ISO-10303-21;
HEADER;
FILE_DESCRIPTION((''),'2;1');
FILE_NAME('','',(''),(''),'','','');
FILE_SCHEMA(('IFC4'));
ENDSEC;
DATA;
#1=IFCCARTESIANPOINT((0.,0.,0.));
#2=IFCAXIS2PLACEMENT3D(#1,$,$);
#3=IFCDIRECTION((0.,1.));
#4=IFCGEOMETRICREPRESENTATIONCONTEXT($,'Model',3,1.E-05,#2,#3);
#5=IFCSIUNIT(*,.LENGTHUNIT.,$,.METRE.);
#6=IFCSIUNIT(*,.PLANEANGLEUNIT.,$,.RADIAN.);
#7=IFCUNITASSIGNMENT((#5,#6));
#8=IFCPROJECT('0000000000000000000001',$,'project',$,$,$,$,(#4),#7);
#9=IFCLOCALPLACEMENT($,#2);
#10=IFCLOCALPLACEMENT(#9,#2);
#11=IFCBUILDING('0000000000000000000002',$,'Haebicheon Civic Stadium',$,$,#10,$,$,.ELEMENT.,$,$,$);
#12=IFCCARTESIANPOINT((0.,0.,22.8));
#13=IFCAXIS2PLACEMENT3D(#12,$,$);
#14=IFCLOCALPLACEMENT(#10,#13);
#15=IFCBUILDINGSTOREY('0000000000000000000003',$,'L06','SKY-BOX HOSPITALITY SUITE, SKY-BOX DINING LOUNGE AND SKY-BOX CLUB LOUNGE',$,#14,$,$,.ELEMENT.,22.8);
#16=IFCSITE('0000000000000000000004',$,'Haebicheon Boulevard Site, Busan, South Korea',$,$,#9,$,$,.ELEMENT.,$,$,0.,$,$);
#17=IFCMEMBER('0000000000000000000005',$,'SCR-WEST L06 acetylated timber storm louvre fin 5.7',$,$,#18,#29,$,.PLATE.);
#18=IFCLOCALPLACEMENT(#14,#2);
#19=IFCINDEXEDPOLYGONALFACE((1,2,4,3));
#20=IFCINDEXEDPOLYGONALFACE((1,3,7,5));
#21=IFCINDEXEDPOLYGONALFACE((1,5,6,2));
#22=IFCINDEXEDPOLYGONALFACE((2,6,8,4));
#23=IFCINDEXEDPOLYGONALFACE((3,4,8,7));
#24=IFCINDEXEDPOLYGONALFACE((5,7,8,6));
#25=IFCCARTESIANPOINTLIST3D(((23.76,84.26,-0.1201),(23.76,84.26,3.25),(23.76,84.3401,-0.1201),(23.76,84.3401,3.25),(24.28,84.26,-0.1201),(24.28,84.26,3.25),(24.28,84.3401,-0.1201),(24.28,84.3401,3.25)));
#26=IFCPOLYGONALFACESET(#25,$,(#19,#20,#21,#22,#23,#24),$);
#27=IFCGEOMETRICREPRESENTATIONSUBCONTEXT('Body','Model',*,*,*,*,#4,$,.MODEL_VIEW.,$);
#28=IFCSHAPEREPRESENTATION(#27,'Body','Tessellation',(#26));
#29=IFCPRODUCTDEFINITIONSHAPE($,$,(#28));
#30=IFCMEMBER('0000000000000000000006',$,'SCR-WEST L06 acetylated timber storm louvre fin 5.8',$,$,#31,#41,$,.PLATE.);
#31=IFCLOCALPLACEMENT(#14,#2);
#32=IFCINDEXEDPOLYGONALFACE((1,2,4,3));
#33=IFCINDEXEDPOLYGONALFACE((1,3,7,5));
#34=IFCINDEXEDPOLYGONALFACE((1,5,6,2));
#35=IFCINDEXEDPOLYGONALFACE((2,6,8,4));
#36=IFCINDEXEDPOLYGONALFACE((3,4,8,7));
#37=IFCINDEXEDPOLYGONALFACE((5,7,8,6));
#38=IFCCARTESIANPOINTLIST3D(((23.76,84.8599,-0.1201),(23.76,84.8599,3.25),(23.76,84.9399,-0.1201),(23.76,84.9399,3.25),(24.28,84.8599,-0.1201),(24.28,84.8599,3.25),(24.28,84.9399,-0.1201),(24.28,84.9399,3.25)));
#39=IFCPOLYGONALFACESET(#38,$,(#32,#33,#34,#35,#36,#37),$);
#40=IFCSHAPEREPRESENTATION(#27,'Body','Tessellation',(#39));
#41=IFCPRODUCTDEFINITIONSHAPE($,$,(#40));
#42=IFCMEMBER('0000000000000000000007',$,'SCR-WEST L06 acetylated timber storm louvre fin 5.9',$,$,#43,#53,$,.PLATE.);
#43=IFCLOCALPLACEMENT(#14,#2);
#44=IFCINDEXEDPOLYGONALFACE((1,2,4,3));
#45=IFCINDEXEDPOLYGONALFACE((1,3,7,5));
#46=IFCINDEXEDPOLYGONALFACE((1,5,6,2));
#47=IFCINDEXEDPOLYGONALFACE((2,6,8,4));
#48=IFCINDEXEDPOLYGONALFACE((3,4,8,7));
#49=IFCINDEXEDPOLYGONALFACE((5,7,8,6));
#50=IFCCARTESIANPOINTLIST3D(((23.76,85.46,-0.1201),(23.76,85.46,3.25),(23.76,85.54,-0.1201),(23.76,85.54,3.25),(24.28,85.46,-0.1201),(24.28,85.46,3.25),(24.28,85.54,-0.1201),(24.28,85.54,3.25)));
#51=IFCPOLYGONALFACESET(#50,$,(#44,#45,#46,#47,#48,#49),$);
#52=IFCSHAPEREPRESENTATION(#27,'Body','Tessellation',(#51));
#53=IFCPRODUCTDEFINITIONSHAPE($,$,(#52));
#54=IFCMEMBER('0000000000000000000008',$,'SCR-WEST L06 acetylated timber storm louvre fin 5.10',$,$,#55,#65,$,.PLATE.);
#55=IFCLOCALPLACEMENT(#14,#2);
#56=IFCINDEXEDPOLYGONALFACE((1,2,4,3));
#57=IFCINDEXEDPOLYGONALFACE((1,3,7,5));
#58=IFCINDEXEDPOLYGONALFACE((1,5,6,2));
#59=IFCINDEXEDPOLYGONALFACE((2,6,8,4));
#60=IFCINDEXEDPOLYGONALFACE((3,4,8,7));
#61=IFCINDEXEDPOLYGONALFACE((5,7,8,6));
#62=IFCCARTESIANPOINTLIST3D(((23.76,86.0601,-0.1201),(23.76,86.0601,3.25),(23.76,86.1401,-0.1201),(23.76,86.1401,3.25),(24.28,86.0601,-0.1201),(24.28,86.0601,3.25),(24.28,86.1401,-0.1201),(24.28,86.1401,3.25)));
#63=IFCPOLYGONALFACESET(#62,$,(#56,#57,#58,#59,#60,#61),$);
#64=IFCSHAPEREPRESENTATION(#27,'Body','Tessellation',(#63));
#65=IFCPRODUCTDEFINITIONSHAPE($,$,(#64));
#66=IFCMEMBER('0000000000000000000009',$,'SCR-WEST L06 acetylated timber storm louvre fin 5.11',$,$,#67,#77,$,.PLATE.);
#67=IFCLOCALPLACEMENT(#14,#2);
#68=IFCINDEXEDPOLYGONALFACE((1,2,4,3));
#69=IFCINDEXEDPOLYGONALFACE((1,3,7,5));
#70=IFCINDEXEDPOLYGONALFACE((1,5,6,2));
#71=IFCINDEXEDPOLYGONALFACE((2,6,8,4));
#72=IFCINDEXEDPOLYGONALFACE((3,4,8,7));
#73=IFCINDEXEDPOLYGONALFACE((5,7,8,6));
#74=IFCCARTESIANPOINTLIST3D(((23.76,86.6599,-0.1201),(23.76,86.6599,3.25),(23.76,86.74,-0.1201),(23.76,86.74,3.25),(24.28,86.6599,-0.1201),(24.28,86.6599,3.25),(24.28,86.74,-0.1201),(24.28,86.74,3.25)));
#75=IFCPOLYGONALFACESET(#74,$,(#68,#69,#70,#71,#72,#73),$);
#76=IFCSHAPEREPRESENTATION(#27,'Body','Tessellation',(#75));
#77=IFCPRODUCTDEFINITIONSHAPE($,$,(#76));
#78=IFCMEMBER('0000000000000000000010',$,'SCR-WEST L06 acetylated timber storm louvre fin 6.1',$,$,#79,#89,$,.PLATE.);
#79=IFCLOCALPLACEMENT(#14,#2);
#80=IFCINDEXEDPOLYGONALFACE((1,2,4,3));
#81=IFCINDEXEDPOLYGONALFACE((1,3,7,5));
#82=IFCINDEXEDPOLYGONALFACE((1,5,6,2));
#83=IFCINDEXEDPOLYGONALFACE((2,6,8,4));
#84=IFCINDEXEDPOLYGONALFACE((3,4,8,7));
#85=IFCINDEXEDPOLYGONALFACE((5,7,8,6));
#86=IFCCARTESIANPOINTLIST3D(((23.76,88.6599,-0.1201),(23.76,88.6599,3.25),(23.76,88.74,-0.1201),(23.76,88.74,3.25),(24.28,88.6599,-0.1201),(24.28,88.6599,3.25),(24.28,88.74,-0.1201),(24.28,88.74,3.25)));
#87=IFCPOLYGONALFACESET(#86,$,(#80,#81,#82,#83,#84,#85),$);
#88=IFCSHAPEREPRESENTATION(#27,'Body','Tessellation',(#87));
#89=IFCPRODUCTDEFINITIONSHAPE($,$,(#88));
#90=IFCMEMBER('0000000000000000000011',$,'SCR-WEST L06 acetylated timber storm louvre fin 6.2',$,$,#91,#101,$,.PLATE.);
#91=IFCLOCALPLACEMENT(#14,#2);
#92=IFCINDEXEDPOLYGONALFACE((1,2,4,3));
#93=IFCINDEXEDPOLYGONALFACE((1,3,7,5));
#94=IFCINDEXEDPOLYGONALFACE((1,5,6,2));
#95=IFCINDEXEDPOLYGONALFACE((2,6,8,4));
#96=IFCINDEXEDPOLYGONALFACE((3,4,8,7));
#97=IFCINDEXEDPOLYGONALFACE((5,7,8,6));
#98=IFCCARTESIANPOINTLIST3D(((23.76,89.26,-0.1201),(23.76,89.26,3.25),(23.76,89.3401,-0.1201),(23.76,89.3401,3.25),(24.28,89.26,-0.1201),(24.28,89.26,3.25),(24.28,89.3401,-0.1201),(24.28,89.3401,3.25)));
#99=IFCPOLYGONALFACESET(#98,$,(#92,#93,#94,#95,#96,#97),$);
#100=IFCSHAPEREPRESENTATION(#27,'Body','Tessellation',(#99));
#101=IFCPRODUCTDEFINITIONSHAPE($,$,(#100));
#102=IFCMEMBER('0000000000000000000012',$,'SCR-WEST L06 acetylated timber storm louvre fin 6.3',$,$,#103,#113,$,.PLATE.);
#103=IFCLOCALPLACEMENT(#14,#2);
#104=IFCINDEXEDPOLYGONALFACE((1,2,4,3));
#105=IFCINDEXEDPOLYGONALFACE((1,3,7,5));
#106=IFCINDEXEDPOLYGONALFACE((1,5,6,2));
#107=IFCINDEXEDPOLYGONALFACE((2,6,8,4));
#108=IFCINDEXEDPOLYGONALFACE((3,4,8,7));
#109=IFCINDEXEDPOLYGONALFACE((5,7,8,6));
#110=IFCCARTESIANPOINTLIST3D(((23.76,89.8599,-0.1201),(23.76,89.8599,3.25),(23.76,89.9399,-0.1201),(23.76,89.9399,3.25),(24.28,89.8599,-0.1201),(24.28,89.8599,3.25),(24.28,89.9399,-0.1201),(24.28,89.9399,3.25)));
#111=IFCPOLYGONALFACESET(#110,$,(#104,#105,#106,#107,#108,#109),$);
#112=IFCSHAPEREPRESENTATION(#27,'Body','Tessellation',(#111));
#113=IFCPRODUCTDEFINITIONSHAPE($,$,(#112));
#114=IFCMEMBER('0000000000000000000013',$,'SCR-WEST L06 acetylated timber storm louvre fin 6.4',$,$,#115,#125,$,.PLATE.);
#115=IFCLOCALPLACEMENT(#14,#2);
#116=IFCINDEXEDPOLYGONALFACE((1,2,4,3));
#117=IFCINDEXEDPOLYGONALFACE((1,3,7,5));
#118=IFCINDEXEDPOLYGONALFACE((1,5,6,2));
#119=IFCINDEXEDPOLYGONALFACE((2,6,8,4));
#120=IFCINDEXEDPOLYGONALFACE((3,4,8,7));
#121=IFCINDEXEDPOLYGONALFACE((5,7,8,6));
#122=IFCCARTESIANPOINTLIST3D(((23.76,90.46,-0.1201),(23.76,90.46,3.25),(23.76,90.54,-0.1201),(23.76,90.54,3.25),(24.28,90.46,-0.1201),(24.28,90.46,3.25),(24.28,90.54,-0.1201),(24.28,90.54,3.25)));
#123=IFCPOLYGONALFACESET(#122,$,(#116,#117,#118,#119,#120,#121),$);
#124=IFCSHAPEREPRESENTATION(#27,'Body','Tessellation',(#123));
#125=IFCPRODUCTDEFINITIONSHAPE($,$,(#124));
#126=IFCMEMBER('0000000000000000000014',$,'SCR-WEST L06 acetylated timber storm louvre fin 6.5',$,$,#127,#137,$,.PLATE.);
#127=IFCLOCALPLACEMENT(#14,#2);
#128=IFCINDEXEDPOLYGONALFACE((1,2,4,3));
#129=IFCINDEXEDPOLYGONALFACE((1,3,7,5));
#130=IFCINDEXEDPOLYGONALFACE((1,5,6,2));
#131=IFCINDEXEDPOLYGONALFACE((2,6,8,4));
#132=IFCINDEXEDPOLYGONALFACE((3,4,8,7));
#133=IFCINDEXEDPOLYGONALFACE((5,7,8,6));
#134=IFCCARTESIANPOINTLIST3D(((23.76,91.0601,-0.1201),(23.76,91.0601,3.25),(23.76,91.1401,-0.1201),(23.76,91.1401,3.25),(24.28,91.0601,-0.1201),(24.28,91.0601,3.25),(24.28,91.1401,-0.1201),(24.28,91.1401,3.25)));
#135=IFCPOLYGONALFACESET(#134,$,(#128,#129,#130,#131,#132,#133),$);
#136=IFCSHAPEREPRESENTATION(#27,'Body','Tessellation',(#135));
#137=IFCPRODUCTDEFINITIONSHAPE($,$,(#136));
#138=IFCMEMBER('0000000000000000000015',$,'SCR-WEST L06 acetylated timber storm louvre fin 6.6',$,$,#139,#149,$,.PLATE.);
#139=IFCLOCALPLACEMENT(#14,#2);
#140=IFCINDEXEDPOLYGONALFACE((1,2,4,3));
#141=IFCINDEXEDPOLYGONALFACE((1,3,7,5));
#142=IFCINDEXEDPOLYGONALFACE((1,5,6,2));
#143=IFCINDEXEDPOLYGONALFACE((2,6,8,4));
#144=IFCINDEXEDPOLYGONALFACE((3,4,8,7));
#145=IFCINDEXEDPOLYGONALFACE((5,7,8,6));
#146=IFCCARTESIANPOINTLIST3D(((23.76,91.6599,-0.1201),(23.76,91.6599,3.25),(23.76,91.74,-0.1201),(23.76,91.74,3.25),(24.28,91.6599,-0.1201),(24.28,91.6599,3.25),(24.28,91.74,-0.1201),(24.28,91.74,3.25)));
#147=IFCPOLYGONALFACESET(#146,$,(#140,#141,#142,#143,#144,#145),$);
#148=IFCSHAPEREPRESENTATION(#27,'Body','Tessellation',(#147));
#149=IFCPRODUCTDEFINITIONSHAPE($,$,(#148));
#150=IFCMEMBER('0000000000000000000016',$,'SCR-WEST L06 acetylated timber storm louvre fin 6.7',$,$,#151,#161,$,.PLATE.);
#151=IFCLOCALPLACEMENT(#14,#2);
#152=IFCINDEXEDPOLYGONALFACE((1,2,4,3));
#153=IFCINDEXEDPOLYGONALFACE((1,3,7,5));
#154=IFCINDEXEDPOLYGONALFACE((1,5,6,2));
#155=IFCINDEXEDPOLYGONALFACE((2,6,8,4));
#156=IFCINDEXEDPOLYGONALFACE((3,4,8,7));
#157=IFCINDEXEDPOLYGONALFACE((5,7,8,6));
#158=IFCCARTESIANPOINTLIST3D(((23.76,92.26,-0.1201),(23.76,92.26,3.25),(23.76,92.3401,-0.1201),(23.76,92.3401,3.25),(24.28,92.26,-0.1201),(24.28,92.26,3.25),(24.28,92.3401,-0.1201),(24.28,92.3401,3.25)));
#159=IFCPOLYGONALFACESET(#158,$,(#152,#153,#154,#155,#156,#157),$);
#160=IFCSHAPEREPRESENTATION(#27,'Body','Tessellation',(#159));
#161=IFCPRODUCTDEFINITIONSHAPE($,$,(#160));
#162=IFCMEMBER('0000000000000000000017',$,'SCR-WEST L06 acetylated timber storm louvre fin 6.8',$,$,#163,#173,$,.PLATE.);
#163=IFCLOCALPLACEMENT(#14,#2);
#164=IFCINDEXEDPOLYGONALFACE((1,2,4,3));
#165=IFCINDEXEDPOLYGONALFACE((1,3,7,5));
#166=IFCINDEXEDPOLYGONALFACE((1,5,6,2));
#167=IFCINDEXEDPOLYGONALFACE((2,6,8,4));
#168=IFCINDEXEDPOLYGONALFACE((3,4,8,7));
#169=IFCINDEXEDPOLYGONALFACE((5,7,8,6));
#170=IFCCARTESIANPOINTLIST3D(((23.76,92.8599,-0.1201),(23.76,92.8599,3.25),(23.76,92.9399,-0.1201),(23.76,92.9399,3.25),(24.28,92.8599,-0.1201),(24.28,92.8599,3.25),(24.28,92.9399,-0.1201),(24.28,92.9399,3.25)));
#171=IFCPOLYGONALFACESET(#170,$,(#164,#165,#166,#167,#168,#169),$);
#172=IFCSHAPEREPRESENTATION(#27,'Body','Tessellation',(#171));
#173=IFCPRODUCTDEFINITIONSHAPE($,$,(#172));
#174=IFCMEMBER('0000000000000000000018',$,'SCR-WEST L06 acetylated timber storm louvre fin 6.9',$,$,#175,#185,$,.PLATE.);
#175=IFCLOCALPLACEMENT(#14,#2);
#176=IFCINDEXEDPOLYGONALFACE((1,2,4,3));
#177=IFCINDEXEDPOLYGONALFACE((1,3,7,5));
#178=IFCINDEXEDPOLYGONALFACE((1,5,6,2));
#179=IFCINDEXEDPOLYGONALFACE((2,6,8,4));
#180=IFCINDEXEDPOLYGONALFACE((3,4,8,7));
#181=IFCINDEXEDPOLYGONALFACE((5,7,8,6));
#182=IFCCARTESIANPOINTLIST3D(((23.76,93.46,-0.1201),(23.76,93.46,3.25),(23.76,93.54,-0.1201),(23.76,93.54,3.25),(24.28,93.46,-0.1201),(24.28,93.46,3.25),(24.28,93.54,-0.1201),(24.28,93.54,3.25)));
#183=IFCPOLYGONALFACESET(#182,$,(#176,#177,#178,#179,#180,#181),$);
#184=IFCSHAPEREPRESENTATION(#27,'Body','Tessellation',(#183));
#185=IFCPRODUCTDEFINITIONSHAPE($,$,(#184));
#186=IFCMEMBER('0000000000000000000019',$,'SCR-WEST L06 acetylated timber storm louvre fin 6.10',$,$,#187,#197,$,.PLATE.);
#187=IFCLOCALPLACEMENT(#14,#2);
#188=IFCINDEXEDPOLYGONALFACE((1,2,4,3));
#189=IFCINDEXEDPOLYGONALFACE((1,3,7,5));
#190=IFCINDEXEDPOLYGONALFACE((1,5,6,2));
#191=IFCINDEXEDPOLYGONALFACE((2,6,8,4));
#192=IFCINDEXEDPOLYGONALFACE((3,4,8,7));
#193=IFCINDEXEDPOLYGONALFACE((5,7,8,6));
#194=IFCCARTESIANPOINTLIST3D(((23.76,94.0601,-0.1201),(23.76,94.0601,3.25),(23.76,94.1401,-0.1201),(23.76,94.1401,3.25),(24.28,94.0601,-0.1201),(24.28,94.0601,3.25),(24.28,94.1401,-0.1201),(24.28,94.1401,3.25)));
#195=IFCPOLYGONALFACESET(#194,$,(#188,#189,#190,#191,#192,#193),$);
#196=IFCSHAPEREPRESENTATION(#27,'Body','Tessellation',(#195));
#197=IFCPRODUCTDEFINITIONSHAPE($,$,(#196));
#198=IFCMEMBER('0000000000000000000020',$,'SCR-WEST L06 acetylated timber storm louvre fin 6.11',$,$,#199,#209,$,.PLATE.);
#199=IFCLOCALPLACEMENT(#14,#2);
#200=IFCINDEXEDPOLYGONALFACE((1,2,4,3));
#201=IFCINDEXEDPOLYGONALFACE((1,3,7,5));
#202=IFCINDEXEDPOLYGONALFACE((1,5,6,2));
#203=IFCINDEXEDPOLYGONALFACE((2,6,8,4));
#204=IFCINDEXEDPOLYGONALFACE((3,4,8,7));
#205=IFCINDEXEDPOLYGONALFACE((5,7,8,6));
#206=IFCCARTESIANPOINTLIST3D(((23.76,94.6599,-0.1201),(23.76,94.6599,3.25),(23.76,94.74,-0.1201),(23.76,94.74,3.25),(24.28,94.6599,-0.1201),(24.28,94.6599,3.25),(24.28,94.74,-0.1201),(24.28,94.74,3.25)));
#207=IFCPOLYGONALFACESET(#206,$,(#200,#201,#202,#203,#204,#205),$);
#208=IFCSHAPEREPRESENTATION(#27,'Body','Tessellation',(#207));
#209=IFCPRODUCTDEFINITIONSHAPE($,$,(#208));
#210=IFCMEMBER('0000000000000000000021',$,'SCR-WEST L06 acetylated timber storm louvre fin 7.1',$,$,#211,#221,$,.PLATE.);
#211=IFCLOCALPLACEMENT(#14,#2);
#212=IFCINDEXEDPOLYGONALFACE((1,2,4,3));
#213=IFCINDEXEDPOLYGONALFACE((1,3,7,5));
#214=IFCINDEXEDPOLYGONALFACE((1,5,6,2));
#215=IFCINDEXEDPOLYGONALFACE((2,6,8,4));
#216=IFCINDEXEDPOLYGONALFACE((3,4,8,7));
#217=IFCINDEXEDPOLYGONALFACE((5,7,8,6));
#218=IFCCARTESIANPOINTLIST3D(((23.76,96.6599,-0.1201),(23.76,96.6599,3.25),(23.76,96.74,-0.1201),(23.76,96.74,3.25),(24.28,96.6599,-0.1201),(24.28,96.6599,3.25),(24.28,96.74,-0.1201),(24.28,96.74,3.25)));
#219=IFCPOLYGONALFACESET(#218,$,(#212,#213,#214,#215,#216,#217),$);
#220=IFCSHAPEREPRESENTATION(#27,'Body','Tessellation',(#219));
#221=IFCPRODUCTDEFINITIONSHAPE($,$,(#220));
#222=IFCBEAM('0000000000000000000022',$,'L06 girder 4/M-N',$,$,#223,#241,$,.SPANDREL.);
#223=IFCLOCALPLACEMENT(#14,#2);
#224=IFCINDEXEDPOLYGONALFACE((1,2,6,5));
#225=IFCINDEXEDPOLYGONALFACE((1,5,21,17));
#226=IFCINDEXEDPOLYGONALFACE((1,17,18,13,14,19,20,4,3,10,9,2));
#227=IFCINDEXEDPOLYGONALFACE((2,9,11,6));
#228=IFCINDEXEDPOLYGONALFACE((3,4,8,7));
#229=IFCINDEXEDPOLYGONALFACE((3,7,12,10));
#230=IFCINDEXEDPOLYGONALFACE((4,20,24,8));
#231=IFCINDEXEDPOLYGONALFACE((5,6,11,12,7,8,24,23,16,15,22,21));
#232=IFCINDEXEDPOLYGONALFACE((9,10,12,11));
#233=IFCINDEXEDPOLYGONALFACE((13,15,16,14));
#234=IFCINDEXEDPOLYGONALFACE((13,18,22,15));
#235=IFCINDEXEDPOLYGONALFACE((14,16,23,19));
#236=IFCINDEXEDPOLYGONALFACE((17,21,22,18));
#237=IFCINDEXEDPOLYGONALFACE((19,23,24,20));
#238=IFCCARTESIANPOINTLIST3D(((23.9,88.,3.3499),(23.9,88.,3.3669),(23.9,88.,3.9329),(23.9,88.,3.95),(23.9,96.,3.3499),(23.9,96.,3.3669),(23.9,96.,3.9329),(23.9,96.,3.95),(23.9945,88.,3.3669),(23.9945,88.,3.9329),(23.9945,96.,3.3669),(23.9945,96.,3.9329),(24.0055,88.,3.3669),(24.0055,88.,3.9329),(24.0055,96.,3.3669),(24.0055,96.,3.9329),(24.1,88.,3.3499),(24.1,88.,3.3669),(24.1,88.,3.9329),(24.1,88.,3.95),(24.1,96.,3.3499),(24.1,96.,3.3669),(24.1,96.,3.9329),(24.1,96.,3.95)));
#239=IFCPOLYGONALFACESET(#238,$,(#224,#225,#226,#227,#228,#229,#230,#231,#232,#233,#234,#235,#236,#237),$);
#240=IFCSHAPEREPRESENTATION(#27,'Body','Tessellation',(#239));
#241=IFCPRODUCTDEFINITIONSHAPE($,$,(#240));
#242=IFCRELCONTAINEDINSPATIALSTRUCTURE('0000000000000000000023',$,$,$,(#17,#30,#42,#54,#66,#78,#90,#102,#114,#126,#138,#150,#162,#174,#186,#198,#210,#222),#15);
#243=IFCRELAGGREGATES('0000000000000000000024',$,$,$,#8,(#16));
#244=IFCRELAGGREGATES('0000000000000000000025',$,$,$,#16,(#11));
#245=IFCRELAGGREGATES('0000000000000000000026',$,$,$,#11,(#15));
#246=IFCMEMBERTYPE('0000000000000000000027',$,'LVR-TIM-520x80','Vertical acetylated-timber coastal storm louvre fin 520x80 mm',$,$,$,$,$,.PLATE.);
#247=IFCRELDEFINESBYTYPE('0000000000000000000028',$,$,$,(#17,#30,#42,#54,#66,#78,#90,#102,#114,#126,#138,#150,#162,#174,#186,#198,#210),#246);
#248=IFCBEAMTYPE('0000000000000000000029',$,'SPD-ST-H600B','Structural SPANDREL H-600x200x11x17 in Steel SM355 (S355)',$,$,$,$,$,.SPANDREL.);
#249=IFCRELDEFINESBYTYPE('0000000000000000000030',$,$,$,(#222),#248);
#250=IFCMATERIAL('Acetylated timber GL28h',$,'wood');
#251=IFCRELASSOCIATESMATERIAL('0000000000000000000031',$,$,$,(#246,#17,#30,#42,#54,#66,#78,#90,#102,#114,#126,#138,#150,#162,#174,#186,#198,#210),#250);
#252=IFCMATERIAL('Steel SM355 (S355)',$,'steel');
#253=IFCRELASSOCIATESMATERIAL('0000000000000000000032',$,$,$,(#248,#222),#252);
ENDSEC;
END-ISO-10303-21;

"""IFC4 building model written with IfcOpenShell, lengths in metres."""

from ifc_helpers import new_model, si_unit, direction, frame, origin, origin_2d, place, context, subcontext, project, spatial, rectangle, i_section, extrude, material, material_profile, profile_set, type_object, element, save


model = new_model("IFC4")

# Units and contexts
model_context = context("Model", 3, precision=1e-05, world=origin(), true_north=direction((0.0, 1.0)))
body_context = subcontext(model_context, "Body", "Model", "MODEL_VIEW")
ifc_project = project(units=[si_unit("LENGTHUNIT", "METRE"), si_unit("PLANEANGLEUNIT", "RADIAN")], contexts=[model_context])

# Site, building, storey
site_placement = place(None, origin())
site = spatial("IfcSite", under=ifc_project, at=site_placement, Name="Haebicheon Boulevard Site, Busan, South Korea", CompositionType="ELEMENT", RefElevation=0.0)
building_placement = place(site_placement, origin())
building = spatial("IfcBuilding", under=site, at=building_placement, Name="Haebicheon Civic Stadium", CompositionType="ELEMENT")
storey_placement = place(building_placement, frame((0.0, 0.0, 22.8)))
storey = spatial("IfcBuildingStorey", under=building, at=storey_placement, Name="L06", Description="SKY-BOX HOSPITALITY SUITE, SKY-BOX DINING LOUNGE AND SKY-BOX CLUB LOUNGE", CompositionType="ELEMENT", Elevation=22.8)

# Members
ifc_material_1 = material(Name="Acetylated timber GL28h", Category="wood")
ifc_material_profile_1 = material_profile(ifc_material_1, rectangle(XDim=0.0801, YDim=0.52, at=origin_2d()), Name="TMB-LOUV-80x520")
ifc_profile_set_1 = profile_set([ifc_material_profile_1], Name="Acetylated timber GL28h")
member_type_1 = type_object("IfcMemberType", Name="LVR-TIM-520x80", Description="Vertical acetylated-timber coastal storm louvre fin 520x80 mm", PredefinedType="PLATE", material=ifc_profile_set_1)
for number, where, z_axis, x_axis, name in (
    (1, (24.02, 84.3, -0.1201), (0.0, 0.0, 1.0), (0.0, 1.0, 0.0), "SCR-WEST L06 acetylated timber storm louvre fin 5.7"),
    (2, (24.02, 84.8999, -0.1201), (0.0, 0.0, 1.0), (0.0, 1.0, 0.0), "SCR-WEST L06 acetylated timber storm louvre fin 5.8"),
    (3, (24.02, 85.5, -0.1201), (0.0, 0.0, 1.0), (0.0, 1.0, 0.0), "SCR-WEST L06 acetylated timber storm louvre fin 5.9"),
    (4, (24.02, 86.1001, -0.1201), (0.0, 0.0, 1.0), (0.0, 1.0, 0.0), "SCR-WEST L06 acetylated timber storm louvre fin 5.10"),
    (5, (24.02, 86.7, -0.1201), (0.0, 0.0, 1.0), (0.0, 1.0, 0.0), "SCR-WEST L06 acetylated timber storm louvre fin 5.11"),
    (6, (24.02, 88.7, -0.1201), (0.0, 0.0, 1.0), (0.0, 1.0, 0.0), "SCR-WEST L06 acetylated timber storm louvre fin 6.1"),
    (7, (24.02, 89.3, -0.1201), (0.0, 0.0, 1.0), (0.0, 1.0, 0.0), "SCR-WEST L06 acetylated timber storm louvre fin 6.2"),
    (8, (24.02, 89.8999, -0.1201), (0.0, 0.0, 1.0), (0.0, 1.0, 0.0), "SCR-WEST L06 acetylated timber storm louvre fin 6.3"),
    (9, (24.02, 90.5, -0.1201), (0.0, 0.0, 1.0), (0.0, 1.0, 0.0), "SCR-WEST L06 acetylated timber storm louvre fin 6.4"),
    (10, (24.02, 91.1001, -0.1201), (0.0, 0.0, 1.0), (0.0, 1.0, 0.0), "SCR-WEST L06 acetylated timber storm louvre fin 6.5"),
    (11, (24.02, 91.7, -0.1201), (0.0, 0.0, 1.0), (0.0, 1.0, 0.0), "SCR-WEST L06 acetylated timber storm louvre fin 6.6"),
    (12, (24.02, 92.3, -0.1201), (0.0, 0.0, 1.0), (0.0, 1.0, 0.0), "SCR-WEST L06 acetylated timber storm louvre fin 6.7"),
    (13, (24.02, 92.8999, -0.1201), (0.0, 0.0, 1.0), (0.0, 1.0, 0.0), "SCR-WEST L06 acetylated timber storm louvre fin 6.8"),
    (14, (24.02, 93.5, -0.1201), (0.0, 0.0, 1.0), (0.0, 1.0, 0.0), "SCR-WEST L06 acetylated timber storm louvre fin 6.9"),
    (15, (24.02, 94.1001, -0.1201), (0.0, 0.0, 1.0), (0.0, 1.0, 0.0), "SCR-WEST L06 acetylated timber storm louvre fin 6.10"),
    (16, (24.02, 94.7, -0.1201), (0.0, 0.0, 1.0), (0.0, 1.0, 0.0), "SCR-WEST L06 acetylated timber storm louvre fin 6.11"),
    (17, (24.02, 96.7, -0.1201), (0.0, 0.0, 1.0), (0.0, 1.0, 0.0), "SCR-WEST L06 acetylated timber storm louvre fin 7.1"),
):
    element("IfcMember", number, at=place(storey_placement, frame(where, z_axis=z_axis, x_axis=x_axis)), inside=storey, type_object=member_type_1, material=ifc_profile_set_1, Name=name, PredefinedType="PLATE", context=body_context, shape_type="SweptSolid", body=[
        extrude(rectangle(XDim=0.0801, YDim=0.52, at=origin_2d()), origin(), (0.0, 0.0, 1.0), 3.3701),
    ])

# Beam
ifc_material_2 = material(Name="Steel SM355 (S355)", Category="steel")
ifc_material_profile_2 = material_profile(ifc_material_2, i_section(OverallWidth=0.2, OverallDepth=0.6001, WebThickness=0.011, FlangeThickness=0.0171, at=origin_2d()), Name="H-600x200x11x17")
ifc_profile_set_2 = profile_set([ifc_material_profile_2], Name="Steel SM355 (S355)")
beam_type_1 = type_object("IfcBeamType", Name="SPD-ST-H600B", Description="Structural SPANDREL H-600x200x11x17 in Steel SM355 (S355)", PredefinedType="SPANDREL", material=ifc_profile_set_2)
for number, where, z_axis, x_axis, name in (
    (18, (24.0, 88.0, 3.6499), (0.0, 1.0, 0.0), (-1.0, 0.0, 0.0), "L06 girder 4/M-N"),
):
    element("IfcBeam", number, at=place(storey_placement, frame(where, z_axis=z_axis, x_axis=x_axis)), inside=storey, type_object=beam_type_1, material=ifc_profile_set_2, Name=name, PredefinedType="SPANDREL", context=body_context, shape_type="SweptSolid", body=[
        extrude(i_section(OverallWidth=0.2, OverallDepth=0.6001, WebThickness=0.011, FlangeThickness=0.0171, at=origin_2d()), origin(), (0.0, 0.0, 1.0), 8.0),
    ])

save(model, "model.ifc")
